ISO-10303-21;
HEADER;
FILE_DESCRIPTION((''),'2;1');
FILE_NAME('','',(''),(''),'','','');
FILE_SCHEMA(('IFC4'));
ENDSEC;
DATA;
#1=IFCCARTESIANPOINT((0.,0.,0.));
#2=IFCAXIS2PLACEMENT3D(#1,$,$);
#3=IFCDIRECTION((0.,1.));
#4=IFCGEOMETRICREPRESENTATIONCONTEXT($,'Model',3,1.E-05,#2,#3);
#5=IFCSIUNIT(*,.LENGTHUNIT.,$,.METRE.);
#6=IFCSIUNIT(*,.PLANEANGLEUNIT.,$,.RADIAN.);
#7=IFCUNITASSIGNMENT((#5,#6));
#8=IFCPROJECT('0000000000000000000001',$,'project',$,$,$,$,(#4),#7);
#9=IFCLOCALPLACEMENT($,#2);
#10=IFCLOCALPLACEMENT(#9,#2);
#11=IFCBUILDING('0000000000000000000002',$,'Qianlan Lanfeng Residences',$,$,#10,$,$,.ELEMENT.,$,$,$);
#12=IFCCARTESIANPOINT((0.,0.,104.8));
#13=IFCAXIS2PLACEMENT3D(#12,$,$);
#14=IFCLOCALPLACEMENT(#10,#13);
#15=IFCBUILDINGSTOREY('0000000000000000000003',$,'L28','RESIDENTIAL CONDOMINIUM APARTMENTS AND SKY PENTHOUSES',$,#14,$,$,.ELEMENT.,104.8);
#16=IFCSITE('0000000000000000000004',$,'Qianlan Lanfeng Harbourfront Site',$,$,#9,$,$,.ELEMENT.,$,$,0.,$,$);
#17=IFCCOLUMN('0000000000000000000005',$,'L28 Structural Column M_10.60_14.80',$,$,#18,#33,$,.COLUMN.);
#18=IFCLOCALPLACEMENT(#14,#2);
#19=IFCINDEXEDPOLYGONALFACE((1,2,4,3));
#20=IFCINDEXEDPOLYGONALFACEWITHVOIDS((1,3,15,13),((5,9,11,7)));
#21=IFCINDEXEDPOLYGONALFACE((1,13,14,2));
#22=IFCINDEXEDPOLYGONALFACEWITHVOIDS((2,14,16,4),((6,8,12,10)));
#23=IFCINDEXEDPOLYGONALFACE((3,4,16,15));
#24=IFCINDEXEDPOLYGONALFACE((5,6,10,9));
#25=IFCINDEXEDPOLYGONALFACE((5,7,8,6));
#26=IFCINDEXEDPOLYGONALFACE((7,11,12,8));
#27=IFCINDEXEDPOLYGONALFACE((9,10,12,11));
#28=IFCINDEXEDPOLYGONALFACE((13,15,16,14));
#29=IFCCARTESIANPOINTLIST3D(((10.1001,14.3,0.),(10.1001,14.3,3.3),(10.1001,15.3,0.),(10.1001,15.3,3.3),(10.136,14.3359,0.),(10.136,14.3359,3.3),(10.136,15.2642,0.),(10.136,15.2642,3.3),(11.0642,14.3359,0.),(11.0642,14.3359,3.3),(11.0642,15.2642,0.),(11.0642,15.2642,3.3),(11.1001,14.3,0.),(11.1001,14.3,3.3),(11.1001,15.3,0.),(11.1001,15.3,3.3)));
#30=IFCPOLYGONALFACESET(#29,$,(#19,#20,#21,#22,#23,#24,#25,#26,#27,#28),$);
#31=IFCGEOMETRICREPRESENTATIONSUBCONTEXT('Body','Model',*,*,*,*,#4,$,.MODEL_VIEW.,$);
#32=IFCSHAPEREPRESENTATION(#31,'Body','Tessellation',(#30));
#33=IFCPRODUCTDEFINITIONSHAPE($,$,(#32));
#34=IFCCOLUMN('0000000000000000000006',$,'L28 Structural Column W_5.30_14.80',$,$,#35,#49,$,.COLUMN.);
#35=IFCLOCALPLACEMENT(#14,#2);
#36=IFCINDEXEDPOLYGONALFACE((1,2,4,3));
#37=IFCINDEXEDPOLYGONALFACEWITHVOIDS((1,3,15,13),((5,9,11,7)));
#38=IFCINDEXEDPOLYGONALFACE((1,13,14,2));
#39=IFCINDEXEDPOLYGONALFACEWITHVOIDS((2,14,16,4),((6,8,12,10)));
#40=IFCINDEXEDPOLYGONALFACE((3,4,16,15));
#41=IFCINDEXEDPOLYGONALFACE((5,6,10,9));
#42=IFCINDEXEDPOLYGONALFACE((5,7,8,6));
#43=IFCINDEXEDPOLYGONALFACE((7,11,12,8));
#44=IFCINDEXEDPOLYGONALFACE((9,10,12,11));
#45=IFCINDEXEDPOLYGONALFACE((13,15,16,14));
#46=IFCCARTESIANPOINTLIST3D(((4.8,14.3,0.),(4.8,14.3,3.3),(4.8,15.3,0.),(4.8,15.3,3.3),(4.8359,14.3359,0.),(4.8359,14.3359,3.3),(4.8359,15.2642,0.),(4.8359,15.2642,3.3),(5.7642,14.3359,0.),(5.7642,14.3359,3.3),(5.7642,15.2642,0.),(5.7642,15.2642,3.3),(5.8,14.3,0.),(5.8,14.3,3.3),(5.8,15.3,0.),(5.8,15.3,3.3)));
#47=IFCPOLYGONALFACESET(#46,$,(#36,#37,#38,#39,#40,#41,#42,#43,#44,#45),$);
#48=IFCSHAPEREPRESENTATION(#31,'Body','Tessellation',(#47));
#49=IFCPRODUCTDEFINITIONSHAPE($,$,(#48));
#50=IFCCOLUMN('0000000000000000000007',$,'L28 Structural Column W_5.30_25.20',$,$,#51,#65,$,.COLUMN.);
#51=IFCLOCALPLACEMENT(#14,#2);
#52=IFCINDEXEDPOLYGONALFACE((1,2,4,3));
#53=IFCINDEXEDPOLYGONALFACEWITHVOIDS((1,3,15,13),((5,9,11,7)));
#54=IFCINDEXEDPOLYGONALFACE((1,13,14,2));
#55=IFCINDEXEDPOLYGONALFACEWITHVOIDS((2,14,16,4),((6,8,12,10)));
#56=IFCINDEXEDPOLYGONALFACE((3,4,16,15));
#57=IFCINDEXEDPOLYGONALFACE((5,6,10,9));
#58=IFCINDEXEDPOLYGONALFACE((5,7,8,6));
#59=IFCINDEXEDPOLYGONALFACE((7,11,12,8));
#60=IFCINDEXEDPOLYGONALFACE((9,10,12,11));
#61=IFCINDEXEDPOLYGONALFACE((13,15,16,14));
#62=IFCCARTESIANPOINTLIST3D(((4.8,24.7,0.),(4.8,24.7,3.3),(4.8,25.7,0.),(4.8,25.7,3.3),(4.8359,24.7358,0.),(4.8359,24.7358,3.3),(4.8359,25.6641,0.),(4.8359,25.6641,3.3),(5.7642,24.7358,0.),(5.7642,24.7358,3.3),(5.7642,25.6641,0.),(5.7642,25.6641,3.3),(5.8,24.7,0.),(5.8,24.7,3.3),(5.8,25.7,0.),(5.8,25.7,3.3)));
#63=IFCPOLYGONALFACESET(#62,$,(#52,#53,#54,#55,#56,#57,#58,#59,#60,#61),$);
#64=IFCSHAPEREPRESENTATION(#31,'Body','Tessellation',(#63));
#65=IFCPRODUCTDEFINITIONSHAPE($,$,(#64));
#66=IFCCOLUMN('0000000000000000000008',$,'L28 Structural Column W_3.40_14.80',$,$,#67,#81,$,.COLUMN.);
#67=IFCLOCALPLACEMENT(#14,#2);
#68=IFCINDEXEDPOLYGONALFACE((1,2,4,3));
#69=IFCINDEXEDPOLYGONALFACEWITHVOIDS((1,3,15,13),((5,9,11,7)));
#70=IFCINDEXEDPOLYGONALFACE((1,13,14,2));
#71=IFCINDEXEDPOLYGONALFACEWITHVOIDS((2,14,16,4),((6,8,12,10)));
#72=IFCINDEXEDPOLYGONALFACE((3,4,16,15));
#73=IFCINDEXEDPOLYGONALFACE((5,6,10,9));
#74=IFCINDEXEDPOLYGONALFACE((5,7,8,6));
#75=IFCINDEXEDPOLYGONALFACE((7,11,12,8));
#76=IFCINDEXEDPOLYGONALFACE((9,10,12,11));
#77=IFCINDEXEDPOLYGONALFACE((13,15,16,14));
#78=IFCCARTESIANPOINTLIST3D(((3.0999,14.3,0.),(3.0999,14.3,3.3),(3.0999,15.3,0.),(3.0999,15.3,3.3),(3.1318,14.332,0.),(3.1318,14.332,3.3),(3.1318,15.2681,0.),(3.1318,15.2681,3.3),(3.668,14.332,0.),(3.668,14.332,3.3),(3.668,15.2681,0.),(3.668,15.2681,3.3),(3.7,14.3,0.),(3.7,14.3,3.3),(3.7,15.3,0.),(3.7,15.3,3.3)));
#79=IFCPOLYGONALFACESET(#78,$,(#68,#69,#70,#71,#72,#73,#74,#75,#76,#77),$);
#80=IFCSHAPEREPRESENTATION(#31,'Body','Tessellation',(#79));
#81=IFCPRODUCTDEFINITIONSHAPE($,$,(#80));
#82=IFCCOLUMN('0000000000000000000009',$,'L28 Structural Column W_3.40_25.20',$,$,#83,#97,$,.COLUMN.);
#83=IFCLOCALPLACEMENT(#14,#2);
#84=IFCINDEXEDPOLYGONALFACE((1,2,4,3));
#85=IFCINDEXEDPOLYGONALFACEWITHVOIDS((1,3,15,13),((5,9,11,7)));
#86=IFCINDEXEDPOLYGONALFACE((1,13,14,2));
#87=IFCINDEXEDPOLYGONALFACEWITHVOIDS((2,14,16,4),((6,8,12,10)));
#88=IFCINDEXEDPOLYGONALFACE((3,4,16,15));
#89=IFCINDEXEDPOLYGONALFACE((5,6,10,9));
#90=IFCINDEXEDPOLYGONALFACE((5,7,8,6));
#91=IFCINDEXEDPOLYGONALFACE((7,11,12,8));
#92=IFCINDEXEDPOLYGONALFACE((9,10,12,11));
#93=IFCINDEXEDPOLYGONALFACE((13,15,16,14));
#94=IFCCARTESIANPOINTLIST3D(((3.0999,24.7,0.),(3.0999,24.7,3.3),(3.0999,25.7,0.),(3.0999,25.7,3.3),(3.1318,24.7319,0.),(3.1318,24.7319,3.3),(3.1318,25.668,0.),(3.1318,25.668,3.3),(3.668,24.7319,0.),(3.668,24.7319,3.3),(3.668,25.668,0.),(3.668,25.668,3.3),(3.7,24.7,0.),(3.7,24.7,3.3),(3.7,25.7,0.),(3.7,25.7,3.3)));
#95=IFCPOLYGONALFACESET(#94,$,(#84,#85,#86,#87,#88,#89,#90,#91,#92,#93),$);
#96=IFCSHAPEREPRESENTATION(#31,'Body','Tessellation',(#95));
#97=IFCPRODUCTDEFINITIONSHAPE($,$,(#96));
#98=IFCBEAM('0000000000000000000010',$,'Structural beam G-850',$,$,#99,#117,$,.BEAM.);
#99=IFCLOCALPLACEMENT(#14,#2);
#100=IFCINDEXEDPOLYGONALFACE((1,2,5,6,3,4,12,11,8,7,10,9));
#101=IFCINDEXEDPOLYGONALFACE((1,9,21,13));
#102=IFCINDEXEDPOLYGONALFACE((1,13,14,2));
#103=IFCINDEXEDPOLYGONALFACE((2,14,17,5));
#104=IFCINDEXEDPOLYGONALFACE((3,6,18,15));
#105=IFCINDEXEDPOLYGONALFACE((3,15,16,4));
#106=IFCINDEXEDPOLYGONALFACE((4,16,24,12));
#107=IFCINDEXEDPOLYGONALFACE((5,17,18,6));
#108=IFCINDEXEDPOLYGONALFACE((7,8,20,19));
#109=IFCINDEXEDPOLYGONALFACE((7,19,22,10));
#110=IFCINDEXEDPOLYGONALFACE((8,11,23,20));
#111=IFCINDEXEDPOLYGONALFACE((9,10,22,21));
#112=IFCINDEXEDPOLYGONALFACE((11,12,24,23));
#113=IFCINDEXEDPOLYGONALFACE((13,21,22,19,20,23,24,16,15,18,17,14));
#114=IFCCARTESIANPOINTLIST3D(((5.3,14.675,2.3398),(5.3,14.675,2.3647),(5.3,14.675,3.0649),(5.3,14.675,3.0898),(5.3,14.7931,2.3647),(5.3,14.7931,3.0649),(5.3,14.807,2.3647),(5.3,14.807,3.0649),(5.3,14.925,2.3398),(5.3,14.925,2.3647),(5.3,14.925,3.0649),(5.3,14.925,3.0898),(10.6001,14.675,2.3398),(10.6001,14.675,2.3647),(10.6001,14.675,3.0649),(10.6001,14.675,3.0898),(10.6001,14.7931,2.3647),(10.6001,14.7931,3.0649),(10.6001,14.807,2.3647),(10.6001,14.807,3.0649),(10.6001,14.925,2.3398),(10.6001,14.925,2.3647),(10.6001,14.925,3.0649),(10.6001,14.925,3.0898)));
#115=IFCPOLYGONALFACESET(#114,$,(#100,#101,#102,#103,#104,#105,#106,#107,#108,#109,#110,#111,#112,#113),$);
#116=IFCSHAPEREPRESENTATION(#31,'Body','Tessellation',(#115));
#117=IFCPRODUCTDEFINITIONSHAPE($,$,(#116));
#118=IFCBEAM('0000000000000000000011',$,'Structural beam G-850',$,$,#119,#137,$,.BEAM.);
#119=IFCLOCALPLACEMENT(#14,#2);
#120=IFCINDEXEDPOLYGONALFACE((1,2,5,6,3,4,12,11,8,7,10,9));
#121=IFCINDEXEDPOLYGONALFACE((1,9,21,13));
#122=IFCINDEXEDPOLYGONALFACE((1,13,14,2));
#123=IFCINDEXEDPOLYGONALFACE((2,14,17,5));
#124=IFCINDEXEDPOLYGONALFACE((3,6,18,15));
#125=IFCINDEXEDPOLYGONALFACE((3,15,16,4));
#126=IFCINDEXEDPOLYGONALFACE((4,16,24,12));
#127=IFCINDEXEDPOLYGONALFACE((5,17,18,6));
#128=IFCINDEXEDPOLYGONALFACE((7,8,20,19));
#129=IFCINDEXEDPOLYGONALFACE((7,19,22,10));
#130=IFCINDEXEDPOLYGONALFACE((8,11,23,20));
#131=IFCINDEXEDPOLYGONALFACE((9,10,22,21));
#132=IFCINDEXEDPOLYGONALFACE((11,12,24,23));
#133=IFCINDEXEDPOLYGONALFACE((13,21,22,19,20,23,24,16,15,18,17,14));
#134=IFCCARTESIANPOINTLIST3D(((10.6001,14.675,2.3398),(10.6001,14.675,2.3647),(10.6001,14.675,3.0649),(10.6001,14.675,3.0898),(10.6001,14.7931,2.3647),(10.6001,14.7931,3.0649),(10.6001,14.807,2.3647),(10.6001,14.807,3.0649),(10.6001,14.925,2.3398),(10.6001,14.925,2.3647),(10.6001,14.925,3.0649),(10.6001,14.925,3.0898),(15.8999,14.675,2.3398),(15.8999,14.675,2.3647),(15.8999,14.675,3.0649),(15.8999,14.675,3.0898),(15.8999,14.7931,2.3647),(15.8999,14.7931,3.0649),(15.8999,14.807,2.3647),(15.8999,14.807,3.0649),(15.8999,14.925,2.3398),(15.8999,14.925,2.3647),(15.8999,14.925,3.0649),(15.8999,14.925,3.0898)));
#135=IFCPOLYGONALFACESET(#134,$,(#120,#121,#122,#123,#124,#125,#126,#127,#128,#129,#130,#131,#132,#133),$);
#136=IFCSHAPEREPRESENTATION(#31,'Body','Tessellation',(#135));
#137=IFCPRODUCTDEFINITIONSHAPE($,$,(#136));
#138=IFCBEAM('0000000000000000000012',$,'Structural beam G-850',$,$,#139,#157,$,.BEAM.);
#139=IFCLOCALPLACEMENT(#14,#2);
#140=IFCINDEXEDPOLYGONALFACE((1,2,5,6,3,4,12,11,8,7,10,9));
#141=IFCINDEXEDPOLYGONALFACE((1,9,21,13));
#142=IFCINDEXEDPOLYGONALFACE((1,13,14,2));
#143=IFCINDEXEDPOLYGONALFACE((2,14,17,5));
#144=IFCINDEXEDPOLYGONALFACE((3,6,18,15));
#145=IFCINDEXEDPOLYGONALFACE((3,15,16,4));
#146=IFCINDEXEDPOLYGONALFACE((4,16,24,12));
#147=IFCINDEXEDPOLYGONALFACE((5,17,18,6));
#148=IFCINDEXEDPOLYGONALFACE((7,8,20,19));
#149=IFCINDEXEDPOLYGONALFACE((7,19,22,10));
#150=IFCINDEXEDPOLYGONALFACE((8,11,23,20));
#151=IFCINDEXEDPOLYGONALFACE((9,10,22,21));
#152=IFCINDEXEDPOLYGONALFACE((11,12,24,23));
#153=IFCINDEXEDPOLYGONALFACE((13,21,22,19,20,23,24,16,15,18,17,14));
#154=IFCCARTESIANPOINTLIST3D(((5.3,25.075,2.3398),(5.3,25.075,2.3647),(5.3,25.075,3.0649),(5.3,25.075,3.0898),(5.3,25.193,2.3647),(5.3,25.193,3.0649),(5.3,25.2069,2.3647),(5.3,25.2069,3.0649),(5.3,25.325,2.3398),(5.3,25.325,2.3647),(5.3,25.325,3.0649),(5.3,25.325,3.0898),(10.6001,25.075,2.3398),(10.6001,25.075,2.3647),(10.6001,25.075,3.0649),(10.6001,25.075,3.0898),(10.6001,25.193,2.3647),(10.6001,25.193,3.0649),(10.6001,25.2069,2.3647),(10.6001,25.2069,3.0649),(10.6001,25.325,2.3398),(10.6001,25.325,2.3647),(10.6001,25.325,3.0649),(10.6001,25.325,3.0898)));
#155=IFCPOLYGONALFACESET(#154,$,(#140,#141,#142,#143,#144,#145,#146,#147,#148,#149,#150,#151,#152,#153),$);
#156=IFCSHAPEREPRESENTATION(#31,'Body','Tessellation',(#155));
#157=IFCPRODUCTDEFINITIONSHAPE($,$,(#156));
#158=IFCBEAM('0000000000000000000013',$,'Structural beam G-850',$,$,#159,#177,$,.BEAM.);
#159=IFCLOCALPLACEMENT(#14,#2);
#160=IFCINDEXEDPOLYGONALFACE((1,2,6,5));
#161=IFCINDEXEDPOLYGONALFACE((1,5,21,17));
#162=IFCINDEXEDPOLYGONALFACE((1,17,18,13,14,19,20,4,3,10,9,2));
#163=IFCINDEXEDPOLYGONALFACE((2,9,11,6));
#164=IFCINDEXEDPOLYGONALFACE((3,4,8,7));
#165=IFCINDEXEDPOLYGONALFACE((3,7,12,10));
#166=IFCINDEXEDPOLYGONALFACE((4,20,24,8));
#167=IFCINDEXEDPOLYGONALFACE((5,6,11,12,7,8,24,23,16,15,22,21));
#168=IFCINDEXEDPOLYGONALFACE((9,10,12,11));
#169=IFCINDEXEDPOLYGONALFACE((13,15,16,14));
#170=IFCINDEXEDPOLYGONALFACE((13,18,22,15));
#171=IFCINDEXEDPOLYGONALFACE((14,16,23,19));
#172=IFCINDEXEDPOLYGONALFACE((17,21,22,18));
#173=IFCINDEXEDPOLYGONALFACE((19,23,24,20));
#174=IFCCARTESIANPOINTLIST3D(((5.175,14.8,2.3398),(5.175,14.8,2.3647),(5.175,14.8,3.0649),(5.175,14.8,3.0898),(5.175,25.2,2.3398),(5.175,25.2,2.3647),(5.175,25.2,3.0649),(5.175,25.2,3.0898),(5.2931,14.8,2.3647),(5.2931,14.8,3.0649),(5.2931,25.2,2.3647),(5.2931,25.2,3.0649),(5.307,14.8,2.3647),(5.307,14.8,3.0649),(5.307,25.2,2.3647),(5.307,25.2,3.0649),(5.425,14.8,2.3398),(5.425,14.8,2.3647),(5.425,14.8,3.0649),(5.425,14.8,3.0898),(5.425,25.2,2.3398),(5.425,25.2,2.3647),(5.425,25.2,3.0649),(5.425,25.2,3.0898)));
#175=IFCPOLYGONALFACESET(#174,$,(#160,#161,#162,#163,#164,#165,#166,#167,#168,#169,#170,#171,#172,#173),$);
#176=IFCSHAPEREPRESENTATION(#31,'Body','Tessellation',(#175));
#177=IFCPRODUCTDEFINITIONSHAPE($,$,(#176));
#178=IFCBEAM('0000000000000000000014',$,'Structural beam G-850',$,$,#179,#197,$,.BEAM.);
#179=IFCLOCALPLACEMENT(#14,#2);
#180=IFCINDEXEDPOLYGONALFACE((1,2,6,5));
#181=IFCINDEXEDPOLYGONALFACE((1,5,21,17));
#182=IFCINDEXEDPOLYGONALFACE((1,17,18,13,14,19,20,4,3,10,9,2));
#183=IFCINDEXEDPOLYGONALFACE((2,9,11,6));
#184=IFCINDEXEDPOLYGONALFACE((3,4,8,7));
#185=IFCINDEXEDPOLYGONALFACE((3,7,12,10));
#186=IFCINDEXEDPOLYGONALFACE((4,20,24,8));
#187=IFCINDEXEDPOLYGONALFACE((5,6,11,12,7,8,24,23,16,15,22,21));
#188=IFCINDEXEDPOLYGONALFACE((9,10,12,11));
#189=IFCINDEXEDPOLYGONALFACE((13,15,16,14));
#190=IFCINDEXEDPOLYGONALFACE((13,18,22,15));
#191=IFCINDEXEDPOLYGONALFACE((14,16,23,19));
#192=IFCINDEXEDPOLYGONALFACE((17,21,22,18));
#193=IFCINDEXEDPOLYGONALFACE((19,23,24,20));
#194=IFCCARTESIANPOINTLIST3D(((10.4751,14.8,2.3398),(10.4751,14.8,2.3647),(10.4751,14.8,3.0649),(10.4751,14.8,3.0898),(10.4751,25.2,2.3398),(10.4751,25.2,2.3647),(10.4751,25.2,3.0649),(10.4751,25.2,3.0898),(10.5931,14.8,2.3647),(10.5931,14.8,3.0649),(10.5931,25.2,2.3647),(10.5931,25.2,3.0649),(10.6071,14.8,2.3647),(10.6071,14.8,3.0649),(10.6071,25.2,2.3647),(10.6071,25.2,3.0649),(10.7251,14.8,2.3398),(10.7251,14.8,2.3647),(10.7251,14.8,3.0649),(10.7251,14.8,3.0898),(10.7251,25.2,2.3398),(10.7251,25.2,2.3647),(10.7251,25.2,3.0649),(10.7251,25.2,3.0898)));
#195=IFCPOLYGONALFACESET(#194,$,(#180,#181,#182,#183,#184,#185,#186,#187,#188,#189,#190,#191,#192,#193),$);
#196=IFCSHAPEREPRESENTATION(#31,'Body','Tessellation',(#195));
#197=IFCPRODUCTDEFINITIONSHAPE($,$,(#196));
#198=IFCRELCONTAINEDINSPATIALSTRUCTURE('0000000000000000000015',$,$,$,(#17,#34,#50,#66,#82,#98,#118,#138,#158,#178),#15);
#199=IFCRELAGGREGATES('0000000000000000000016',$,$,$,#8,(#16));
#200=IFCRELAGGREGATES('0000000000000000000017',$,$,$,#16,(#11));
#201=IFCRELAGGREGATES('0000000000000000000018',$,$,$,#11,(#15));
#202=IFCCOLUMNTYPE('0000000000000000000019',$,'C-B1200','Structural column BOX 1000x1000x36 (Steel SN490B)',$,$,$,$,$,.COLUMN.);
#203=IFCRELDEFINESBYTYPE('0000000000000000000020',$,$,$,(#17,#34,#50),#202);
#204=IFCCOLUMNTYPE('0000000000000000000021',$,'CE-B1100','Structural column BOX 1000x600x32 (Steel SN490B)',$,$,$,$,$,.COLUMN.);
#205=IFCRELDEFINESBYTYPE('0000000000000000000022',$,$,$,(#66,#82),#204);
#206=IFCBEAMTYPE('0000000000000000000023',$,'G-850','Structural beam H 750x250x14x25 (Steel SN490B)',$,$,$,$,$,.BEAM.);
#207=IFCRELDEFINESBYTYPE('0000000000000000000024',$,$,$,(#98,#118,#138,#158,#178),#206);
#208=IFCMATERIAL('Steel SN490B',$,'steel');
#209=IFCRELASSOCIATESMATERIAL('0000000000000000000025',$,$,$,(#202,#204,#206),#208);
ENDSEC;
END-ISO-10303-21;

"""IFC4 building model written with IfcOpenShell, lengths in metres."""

from ifc_helpers import new_model, si_unit, direction, frame, origin, origin_2d, place, context, subcontext, project, spatial, hollow_rectangle, i_section, extrude, material, material_profile, profile_set, type_object, element, save


model = new_model("IFC4")

# Units and contexts
model_context = context("Model", 3, precision=1e-05, world=origin(), true_north=direction((0.0, 1.0)))
body_context = subcontext(model_context, "Body", "Model", "MODEL_VIEW")
ifc_project = project(units=[si_unit("LENGTHUNIT", "METRE"), si_unit("PLANEANGLEUNIT", "RADIAN")], contexts=[model_context])

# Site, building, storey
site_placement = place(None, origin())
site = spatial("IfcSite", under=ifc_project, at=site_placement, Name="Qianlan Lanfeng Harbourfront Site", CompositionType="ELEMENT", RefElevation=0.0)
building_placement = place(site_placement, origin())
building = spatial("IfcBuilding", under=site, at=building_placement, Name="Qianlan Lanfeng Residences", CompositionType="ELEMENT")
storey_placement = place(building_placement, frame((0.0, 0.0, 104.8)))
storey = spatial("IfcBuildingStorey", under=building, at=storey_placement, Name="L28", Description="RESIDENTIAL CONDOMINIUM APARTMENTS AND SKY PENTHOUSES", CompositionType="ELEMENT", Elevation=104.8)

# Columns
ifc_material_1 = material(Name="Steel SN490B", Category="steel")
ifc_material_profile_1 = material_profile(ifc_material_1, hollow_rectangle(XDim=1.0, YDim=1.0, WallThickness=0.0359, at=origin_2d()), Name="BOX 1000x1000x36")
ifc_profile_set_1 = profile_set([ifc_material_profile_1], Name="Steel SN490B")
column_type_1 = type_object("IfcColumnType", Name="C-B1200", Description="Structural column BOX 1000x1000x36 (Steel SN490B)", PredefinedType="COLUMN", material=ifc_profile_set_1)
for number, where, z_axis, x_axis, name in (
    (1, (10.6001, 14.8, 0.0), (0.0, 0.0, 1.0), (1.0, 0.0, 0.0), "L28 Structural Column M_10.60_14.80"),
    (2, (5.3, 14.8, 0.0), (0.0, 0.0, 1.0), (1.0, 0.0, 0.0), "L28 Structural Column W_5.30_14.80"),
    (3, (5.3, 25.2, 0.0), (0.0, 0.0, 1.0), (1.0, 0.0, 0.0), "L28 Structural Column W_5.30_25.20"),
):
    element("IfcColumn", number, at=place(storey_placement, frame(where, z_axis=z_axis, x_axis=x_axis)), inside=storey, type_object=column_type_1, Name=name, PredefinedType="COLUMN", context=body_context, shape_type="SweptSolid", body=[
        extrude(hollow_rectangle(XDim=1.0, YDim=1.0, WallThickness=0.0359, at=origin_2d()), origin(), (0.0, 0.0, 1.0), 3.3),
    ])
ifc_material_profile_2 = material_profile(ifc_material_1, hollow_rectangle(XDim=0.6001, YDim=1.0, WallThickness=0.032, at=origin_2d()), Name="BOX 1000x600x32")
ifc_profile_set_2 = profile_set([ifc_material_profile_2], Name="Steel SN490B")
column_type_2 = type_object("IfcColumnType", Name="CE-B1100", Description="Structural column BOX 1000x600x32 (Steel SN490B)", PredefinedType="COLUMN", material=ifc_profile_set_2)
for number, where, z_axis, x_axis, name in (
    (4, (3.3999, 14.8, 0.0), (0.0, 0.0, 1.0), (1.0, 0.0, 0.0), "L28 Structural Column W_3.40_14.80"),
    (5, (3.3999, 25.2, 0.0), (0.0, 0.0, 1.0), (1.0, 0.0, 0.0), "L28 Structural Column W_3.40_25.20"),
):
    element("IfcColumn", number, at=place(storey_placement, frame(where, z_axis=z_axis, x_axis=x_axis)), inside=storey, type_object=column_type_2, Name=name, PredefinedType="COLUMN", context=body_context, shape_type="SweptSolid", body=[
        extrude(hollow_rectangle(XDim=0.6001, YDim=1.0, WallThickness=0.032, at=origin_2d()), origin(), (0.0, 0.0, 1.0), 3.3),
    ])

# Beams
ifc_material_profile_3 = material_profile(ifc_material_1, i_section(OverallWidth=0.25, OverallDepth=0.75, WebThickness=0.0139, FlangeThickness=0.0249, at=origin_2d()), Name="H 750x250x14x25")
ifc_profile_set_3 = profile_set([ifc_material_profile_3], Name="Steel SN490B")
beam_type_1 = type_object("IfcBeamType", Name="G-850", Description="Structural beam H 750x250x14x25 (Steel SN490B)", PredefinedType="BEAM", material=ifc_profile_set_3)
beam_1_placement = place(storey_placement, frame((5.3, 14.8, 2.7148), z_axis=(1.0, 0.0, 0.0), x_axis=(0.0, 1.0, 0.0)))
element("IfcBeam", 6, at=beam_1_placement, inside=storey, type_object=beam_type_1, Name="Structural beam G-850", PredefinedType="BEAM", context=body_context, shape_type="SweptSolid", body=[
    extrude(i_section(OverallWidth=0.25, OverallDepth=0.75, WebThickness=0.0139, FlangeThickness=0.0249, at=origin_2d()), origin(), (0.0, 0.0, 1.0), 5.3),
])
beam_2_placement = place(storey_placement, frame((10.6001, 14.8, 2.7148), z_axis=(1.0, 0.0, 0.0), x_axis=(0.0, 1.0, 0.0)))
element("IfcBeam", 7, at=beam_2_placement, inside=storey, type_object=beam_type_1, Name="Structural beam G-850", PredefinedType="BEAM", context=body_context, shape_type="SweptSolid", body=[
    extrude(i_section(OverallWidth=0.25, OverallDepth=0.75, WebThickness=0.0139, FlangeThickness=0.0249, at=origin_2d()), origin(), (0.0, 0.0, 1.0), 5.2998),
])
beam_3_placement = place(storey_placement, frame((5.3, 25.2, 2.7148), z_axis=(1.0, 0.0, 0.0), x_axis=(0.0, 1.0, 0.0)))
element("IfcBeam", 8, at=beam_3_placement, inside=storey, type_object=beam_type_1, Name="Structural beam G-850", PredefinedType="BEAM", context=body_context, shape_type="SweptSolid", body=[
    extrude(i_section(OverallWidth=0.25, OverallDepth=0.75, WebThickness=0.0139, FlangeThickness=0.0249, at=origin_2d()), origin(), (0.0, 0.0, 1.0), 5.3),
])
for number, where, z_axis, x_axis, name in (
    (9, (5.3, 14.8, 2.7148), (0.0, 1.0, 0.0), (-1.0, 0.0, 0.0), "Structural beam G-850"),
    (10, (10.6001, 14.8, 2.7148), (0.0, 1.0, 0.0), (-1.0, 0.0, 0.0), "Structural beam G-850"),
):
    element("IfcBeam", number, at=place(storey_placement, frame(where, z_axis=z_axis, x_axis=x_axis)), inside=storey, type_object=beam_type_1, Name=name, PredefinedType="BEAM", context=body_context, shape_type="SweptSolid", body=[
        extrude(i_section(OverallWidth=0.25, OverallDepth=0.75, WebThickness=0.0139, FlangeThickness=0.0249, at=origin_2d()), origin(), (0.0, 0.0, 1.0), 10.3999),
    ])

save(model, "model.ifc")
